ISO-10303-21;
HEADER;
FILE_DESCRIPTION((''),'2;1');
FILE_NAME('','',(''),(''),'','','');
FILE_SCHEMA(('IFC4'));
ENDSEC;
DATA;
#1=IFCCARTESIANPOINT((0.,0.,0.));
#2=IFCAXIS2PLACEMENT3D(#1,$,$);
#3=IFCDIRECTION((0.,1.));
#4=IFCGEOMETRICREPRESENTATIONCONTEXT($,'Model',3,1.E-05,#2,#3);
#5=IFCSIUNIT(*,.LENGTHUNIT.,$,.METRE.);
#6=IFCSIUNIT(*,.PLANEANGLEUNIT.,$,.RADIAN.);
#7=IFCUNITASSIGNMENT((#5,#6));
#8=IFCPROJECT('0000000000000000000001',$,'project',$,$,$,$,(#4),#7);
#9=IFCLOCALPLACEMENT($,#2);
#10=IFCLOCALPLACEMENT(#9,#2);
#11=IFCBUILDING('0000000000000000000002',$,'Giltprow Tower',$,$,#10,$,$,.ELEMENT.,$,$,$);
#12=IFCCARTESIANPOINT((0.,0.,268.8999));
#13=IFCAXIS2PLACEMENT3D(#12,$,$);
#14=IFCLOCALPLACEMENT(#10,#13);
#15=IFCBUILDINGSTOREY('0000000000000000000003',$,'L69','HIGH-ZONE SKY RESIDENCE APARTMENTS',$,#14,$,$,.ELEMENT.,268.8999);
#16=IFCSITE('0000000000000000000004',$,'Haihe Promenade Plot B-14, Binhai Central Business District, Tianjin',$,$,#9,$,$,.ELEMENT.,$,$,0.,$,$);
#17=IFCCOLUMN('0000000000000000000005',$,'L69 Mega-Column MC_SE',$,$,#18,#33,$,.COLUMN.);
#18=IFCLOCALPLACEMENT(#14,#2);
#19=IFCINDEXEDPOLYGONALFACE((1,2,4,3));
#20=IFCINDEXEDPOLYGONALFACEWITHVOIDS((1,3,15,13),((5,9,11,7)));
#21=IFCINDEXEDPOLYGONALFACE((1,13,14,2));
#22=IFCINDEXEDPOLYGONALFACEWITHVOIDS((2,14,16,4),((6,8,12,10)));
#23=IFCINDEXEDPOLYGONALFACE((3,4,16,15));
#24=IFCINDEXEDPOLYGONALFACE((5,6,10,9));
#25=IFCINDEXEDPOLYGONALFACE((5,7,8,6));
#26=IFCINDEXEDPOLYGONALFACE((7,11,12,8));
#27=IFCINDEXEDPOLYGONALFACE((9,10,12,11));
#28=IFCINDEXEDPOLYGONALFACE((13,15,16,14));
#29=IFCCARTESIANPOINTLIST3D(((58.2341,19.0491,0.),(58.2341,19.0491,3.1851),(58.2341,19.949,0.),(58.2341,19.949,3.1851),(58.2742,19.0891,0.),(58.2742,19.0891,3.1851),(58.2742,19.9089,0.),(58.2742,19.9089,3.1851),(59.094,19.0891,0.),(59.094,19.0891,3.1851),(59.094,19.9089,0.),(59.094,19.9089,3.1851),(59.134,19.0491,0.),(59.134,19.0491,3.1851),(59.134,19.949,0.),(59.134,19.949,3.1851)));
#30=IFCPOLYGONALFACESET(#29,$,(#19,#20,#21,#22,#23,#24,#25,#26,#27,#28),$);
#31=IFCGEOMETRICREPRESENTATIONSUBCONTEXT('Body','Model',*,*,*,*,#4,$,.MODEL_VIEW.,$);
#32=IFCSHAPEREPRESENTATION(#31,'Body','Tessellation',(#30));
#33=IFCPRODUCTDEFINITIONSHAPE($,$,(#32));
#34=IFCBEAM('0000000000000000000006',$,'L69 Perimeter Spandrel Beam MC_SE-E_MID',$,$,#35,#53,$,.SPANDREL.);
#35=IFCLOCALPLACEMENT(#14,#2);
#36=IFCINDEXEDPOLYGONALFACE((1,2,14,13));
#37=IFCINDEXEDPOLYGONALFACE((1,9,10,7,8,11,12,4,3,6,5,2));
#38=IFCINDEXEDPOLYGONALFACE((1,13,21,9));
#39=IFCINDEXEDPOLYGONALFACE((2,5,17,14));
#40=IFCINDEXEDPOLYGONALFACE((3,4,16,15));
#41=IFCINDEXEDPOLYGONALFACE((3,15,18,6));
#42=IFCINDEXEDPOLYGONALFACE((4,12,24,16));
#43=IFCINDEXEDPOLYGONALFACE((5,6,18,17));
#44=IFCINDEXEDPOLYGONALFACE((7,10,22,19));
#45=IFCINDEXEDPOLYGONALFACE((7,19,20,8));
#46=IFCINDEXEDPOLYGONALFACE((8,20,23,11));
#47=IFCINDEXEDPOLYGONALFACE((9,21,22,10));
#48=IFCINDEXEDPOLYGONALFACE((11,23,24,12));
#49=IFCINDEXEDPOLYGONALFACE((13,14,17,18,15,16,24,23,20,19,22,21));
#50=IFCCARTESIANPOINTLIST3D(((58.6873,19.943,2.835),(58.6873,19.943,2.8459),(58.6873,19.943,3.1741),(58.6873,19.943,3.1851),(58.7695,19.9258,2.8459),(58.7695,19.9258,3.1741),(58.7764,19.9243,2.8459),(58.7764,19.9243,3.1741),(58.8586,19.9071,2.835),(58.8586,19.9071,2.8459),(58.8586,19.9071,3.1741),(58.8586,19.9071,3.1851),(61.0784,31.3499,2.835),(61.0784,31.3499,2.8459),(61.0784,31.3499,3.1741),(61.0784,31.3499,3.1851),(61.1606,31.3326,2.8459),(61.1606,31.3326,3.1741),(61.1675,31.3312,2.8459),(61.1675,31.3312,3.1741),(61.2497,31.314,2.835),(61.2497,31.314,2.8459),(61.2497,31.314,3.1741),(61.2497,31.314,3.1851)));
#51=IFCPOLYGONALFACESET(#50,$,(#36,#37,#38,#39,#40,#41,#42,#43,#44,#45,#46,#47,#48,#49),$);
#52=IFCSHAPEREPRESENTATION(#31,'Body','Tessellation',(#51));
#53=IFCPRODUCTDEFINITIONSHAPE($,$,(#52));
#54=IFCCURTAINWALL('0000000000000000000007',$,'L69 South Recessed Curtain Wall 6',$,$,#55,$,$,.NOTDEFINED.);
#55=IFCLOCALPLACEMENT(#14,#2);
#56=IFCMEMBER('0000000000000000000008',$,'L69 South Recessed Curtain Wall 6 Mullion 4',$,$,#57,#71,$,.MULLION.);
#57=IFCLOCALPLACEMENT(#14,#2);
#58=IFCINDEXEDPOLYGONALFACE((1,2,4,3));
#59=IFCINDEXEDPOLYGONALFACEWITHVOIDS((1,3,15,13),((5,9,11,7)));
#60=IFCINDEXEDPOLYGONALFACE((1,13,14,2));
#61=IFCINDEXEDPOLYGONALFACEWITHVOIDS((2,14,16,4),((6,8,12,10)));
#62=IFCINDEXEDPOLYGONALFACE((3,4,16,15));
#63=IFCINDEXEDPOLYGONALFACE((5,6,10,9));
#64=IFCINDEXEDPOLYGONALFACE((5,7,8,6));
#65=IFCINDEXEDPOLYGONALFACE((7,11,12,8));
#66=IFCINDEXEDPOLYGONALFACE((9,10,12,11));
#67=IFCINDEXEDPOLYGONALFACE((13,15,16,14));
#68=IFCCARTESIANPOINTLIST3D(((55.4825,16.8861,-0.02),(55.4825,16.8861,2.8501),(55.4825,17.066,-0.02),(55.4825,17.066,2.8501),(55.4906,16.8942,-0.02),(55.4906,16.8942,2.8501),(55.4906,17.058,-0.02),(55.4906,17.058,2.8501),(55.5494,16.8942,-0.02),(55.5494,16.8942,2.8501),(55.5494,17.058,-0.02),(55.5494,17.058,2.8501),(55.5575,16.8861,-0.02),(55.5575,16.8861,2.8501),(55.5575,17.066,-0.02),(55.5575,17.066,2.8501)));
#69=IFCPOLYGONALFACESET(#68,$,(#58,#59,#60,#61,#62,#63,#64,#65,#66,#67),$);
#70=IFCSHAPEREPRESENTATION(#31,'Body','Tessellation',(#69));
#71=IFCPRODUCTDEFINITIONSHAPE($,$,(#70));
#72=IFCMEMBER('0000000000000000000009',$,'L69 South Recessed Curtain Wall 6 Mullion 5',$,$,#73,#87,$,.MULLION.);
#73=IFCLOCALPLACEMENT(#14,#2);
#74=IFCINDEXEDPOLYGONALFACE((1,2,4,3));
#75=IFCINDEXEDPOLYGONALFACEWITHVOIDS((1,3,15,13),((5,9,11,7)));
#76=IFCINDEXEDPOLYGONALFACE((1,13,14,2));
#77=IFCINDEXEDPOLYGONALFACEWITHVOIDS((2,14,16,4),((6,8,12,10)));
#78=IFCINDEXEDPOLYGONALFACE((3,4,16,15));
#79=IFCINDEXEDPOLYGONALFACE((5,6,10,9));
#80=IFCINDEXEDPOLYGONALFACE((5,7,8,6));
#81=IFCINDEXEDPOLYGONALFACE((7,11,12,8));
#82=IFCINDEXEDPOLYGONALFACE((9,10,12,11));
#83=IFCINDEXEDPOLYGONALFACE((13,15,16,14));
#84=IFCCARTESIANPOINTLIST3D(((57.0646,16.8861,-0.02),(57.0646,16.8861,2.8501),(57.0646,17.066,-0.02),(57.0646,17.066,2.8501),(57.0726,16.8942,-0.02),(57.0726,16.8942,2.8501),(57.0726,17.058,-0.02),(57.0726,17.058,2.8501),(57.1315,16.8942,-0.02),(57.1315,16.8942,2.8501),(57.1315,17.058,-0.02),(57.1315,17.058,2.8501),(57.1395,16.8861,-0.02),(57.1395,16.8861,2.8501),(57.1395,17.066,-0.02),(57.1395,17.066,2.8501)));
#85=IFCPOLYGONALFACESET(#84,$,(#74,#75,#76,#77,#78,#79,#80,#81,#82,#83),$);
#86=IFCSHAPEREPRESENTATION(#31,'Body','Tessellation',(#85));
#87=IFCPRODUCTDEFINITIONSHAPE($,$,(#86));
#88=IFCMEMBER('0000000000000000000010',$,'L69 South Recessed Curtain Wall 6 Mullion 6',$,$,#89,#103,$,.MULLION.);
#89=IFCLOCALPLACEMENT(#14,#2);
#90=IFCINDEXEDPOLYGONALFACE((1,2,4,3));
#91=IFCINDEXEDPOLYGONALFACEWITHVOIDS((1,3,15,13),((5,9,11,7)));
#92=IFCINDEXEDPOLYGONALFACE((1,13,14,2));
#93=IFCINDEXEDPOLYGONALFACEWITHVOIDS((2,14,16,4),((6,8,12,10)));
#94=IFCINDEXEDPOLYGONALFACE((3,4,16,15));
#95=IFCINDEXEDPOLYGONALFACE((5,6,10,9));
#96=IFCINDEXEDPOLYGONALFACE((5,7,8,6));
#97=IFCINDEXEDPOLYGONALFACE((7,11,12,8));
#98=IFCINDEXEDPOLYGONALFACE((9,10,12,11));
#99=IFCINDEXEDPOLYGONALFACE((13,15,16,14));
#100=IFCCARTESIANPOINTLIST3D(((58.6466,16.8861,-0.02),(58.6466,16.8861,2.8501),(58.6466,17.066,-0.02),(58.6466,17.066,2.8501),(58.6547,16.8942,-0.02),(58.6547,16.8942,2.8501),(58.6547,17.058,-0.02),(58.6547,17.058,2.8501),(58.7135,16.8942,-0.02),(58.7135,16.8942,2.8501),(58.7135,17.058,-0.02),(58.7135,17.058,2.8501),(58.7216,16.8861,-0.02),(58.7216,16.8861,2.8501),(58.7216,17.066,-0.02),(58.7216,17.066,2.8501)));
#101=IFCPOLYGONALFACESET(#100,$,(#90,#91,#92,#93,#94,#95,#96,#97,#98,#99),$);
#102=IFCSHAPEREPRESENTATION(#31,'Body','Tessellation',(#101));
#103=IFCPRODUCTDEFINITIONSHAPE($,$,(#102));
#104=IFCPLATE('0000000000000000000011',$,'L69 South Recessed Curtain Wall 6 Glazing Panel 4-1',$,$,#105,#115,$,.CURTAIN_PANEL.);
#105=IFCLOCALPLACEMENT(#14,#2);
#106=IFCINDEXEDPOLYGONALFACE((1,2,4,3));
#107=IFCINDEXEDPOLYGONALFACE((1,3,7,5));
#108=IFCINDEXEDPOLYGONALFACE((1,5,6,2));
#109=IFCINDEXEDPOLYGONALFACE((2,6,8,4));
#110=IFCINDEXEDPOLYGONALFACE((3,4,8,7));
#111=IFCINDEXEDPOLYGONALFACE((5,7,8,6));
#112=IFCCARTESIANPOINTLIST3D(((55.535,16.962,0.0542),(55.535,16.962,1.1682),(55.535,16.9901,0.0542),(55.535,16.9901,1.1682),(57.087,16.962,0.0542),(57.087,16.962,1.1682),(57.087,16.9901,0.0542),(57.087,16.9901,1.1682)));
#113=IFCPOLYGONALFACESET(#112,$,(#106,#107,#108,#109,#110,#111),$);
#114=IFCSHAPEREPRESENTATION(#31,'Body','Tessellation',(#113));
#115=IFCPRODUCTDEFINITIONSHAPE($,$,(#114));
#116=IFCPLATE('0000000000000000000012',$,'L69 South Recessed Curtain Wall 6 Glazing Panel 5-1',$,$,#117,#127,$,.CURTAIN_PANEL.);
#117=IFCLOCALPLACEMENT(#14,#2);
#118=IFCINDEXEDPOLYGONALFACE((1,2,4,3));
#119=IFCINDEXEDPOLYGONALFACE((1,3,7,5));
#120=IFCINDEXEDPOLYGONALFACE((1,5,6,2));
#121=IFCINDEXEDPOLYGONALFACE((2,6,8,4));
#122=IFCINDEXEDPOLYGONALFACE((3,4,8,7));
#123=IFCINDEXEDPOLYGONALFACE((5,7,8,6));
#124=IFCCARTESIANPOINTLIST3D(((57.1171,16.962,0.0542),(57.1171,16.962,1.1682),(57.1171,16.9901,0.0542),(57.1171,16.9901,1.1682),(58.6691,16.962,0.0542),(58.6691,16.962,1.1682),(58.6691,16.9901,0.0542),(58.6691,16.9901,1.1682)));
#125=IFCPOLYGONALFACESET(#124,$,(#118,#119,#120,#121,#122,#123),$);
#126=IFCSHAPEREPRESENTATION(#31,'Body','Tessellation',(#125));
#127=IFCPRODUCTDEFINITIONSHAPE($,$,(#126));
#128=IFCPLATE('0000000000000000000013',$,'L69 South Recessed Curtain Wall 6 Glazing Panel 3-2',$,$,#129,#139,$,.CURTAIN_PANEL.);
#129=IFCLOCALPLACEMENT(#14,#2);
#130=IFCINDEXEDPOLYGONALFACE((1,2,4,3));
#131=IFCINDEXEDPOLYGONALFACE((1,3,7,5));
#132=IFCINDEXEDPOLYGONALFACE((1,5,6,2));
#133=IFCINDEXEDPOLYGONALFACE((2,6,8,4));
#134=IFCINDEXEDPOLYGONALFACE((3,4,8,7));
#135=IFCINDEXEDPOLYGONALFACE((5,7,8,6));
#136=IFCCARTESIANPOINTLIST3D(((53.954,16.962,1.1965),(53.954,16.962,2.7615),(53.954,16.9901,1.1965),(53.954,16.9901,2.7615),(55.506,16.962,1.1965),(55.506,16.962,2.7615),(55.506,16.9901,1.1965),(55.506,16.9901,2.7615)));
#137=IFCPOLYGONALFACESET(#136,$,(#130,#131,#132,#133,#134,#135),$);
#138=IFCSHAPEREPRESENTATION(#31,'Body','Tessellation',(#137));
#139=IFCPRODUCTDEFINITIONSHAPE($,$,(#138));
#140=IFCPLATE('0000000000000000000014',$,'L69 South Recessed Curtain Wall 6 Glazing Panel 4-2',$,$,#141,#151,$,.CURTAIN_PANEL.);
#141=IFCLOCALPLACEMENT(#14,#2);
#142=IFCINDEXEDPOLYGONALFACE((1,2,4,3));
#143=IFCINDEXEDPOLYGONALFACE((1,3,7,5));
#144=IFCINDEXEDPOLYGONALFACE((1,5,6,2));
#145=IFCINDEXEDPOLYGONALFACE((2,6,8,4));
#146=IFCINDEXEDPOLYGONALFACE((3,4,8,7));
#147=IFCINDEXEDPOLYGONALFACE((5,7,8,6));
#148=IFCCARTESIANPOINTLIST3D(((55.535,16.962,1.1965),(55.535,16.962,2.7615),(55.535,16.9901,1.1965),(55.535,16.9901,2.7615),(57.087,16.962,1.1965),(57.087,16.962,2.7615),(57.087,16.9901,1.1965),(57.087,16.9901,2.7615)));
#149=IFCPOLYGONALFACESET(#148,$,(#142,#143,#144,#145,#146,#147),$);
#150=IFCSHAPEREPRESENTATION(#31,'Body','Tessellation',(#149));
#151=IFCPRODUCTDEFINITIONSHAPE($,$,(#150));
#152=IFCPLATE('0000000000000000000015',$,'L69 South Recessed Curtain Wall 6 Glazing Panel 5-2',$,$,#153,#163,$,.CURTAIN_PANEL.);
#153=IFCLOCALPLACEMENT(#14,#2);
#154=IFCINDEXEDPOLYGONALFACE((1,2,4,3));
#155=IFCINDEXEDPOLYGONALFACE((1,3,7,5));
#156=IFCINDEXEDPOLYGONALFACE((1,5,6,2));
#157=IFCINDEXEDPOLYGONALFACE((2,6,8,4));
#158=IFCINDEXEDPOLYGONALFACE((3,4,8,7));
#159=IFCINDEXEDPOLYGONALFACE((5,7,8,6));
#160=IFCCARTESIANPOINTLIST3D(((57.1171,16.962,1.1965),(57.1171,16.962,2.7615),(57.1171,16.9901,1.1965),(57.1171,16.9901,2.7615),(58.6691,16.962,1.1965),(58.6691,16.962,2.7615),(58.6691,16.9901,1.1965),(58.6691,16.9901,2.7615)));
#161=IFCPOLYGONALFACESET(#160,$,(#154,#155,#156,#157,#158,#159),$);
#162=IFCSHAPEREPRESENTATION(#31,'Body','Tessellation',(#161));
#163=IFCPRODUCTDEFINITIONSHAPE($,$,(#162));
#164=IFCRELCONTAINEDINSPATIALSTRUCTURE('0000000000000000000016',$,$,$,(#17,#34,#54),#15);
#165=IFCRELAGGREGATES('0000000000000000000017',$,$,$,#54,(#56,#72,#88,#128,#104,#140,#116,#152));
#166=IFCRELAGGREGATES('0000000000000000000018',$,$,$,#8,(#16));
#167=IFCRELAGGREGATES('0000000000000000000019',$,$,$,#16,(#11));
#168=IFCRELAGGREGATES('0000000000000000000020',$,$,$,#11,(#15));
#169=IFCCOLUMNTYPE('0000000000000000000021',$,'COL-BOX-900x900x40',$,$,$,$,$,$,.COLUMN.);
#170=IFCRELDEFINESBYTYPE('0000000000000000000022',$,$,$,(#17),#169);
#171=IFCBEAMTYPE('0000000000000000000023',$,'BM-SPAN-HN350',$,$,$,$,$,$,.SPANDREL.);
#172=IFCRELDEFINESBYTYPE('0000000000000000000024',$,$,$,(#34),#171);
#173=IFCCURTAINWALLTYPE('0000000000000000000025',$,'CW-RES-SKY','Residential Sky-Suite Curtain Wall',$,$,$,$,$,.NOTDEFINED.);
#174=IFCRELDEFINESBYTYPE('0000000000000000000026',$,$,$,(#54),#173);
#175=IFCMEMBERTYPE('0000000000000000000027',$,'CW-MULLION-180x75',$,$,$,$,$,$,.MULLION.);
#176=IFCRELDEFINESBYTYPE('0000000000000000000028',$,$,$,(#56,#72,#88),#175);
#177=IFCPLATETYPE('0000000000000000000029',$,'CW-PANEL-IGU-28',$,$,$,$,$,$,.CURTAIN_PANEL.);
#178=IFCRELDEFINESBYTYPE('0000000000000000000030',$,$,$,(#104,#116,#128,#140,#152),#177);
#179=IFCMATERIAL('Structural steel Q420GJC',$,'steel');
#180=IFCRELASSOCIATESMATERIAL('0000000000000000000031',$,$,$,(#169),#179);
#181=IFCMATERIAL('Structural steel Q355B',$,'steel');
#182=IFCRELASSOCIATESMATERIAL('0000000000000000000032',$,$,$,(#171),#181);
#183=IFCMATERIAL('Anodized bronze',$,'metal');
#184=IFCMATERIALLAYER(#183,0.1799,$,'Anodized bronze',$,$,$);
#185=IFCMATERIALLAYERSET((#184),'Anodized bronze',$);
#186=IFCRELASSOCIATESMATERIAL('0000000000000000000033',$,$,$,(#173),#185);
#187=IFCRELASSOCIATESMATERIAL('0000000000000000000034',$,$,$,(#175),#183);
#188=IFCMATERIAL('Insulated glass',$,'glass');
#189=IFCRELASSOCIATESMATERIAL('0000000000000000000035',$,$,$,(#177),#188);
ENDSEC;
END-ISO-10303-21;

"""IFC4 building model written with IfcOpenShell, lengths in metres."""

from ifc_helpers import new_model, si_unit, direction, frame, origin, origin_2d, place, context, subcontext, project, spatial, rectangle, hollow_rectangle, i_section, extrude, source, transform, mapped, material, layer, layer_set, material_profile, profile_set, type_object, element, aggregate, save


model = new_model("IFC4")

# Units and contexts
model_context = context("Model", 3, precision=1e-05, world=origin(), true_north=direction((0.0, 1.0)))
body_context = subcontext(model_context, "Body", "Model", "MODEL_VIEW")
ifc_project = project(units=[si_unit("LENGTHUNIT", "METRE"), si_unit("PLANEANGLEUNIT", "RADIAN")], contexts=[model_context])

# Site, building, storey
site_placement = place(None, origin())
site = spatial("IfcSite", under=ifc_project, at=site_placement, Name="Haihe Promenade Plot B-14, Binhai Central Business District, Tianjin", CompositionType="ELEMENT", RefElevation=0.0)
building_placement = place(site_placement, origin())
building = spatial("IfcBuilding", under=site, at=building_placement, Name="Giltprow Tower", CompositionType="ELEMENT")
storey_placement = place(building_placement, frame((0.0, 0.0, 268.8999)))
storey = spatial("IfcBuildingStorey", under=building, at=storey_placement, Name="L69", Description="HIGH-ZONE SKY RESIDENCE APARTMENTS", CompositionType="ELEMENT", Elevation=268.8999)

# Column
ifc_material_1 = material(Name="Structural steel Q420GJC", Category="steel")
ifc_material_profile_1 = material_profile(ifc_material_1, hollow_rectangle(XDim=0.8999, YDim=0.8999, WallThickness=0.04, at=origin_2d()), Name="BOX 900x900x40")
ifc_profile_set_1 = profile_set([ifc_material_profile_1], Name="Structural steel Q420GJC")
column_type = type_object("IfcColumnType", Name="COL-BOX-900x900x40", PredefinedType="COLUMN", material=ifc_profile_set_1)
shared_shape_1 = source(origin(), body_context, "Body", "SweptSolid", [
    extrude(hollow_rectangle(XDim=0.8999, YDim=0.8999, WallThickness=0.04, at=origin_2d()), origin(), (0.0, 0.0, 1.0), 3.1851),
])
column_placement = place(storey_placement, frame((58.6841, 19.499, 0.0), z_axis=(0.0, 0.0, 1.0), x_axis=(1.0, 0.0, 0.0)))
element("IfcColumn", 1, at=column_placement, inside=storey, type_object=column_type, Name="L69 Mega-Column MC_SE", PredefinedType="COLUMN", context=body_context, shape_type="MappedRepresentation", body=[
    mapped(shared_shape_1, transform((0.0, 0.0, 0.0), x_axis=(1.0, 0.0, 0.0), y_axis=(0.0, 1.0, 0.0), z_axis=(0.0, 0.0, 1.0), scale=1.0)),
])

# Beam
ifc_material_2 = material(Name="Structural steel Q355B", Category="steel")
ifc_material_profile_2 = material_profile(ifc_material_2, i_section(OverallWidth=0.175, OverallDepth=0.3501, WebThickness=0.0071, FlangeThickness=0.011, at=origin_2d()), Name="HN 350x175x7x11")
ifc_profile_set_2 = profile_set([ifc_material_profile_2], Name="Structural steel Q355B")
beam_type = type_object("IfcBeamType", Name="BM-SPAN-HN350", PredefinedType="SPANDREL", material=ifc_profile_set_2)
shared_shape_2 = source(origin(), body_context, "Body", "SweptSolid", [
    extrude(i_section(OverallWidth=0.175, OverallDepth=0.3501, WebThickness=0.0071, FlangeThickness=0.011, at=origin_2d()), origin(), (0.0, 0.0, 1.0), 11.6548),
])
beam_placement = place(storey_placement, frame((58.7729, 19.925, 3.01), z_axis=(0.20516, 0.978729, 0.0), x_axis=(-0.978729, 0.20516, 0.0)))
element("IfcBeam", 2, at=beam_placement, inside=storey, type_object=beam_type, Name="L69 Perimeter Spandrel Beam MC_SE-E_MID", PredefinedType="SPANDREL", context=body_context, shape_type="MappedRepresentation", body=[
    mapped(shared_shape_2, transform((0.0, 0.0, 0.0), x_axis=(1.0, 0.0, 0.0), y_axis=(0.0, 1.0, 0.0), z_axis=(0.0, 0.0, 1.0), scale=1.0)),
])

# Curtain wall, members, plates
ifc_material_3 = material(Name="Anodized bronze", Category="metal")
ifc_layer_1 = layer(ifc_material_3, 0.1799, Name="Anodized bronze")
ifc_layer_set_1 = layer_set([ifc_layer_1], Name="Anodized bronze")
curtain_wall_type = type_object("IfcCurtainWallType", Name="CW-RES-SKY", Description="Residential Sky-Suite Curtain Wall", PredefinedType="NOTDEFINED", material=ifc_layer_set_1)
curtain_wall_placement = place(storey_placement, origin())
curtain_wall = element("IfcCurtainWall", 3, at=curtain_wall_placement, inside=storey, type_object=curtain_wall_type, Name="L69 South Recessed Curtain Wall 6", PredefinedType="NOTDEFINED")
ifc_material_profile_3 = material_profile(ifc_material_3, hollow_rectangle(XDim=0.075, YDim=0.1799, WallThickness=0.0081, at=origin_2d()), Name="RHS 180x75x8")
ifc_profile_set_3 = profile_set([ifc_material_profile_3], Name="Anodized bronze")
member_type = type_object("IfcMemberType", Name="CW-MULLION-180x75", PredefinedType="MULLION", material=ifc_profile_set_3)
shared_shape_3 = source(origin(), body_context, "Body", "SweptSolid", [
    extrude(hollow_rectangle(XDim=0.075, YDim=0.1799, WallThickness=0.0081, at=origin_2d()), origin(), (0.0, 0.0, 1.0), 2.8701),
])
member_1_placement = place(storey_placement, frame((55.52, 16.9761, -0.02), z_axis=(0.0, 0.0, 1.0), x_axis=(1.0, 0.0, 0.0)))
member_1 = element("IfcMember", 4, at=member_1_placement, type_object=member_type, Name="L69 South Recessed Curtain Wall 6 Mullion 4", PredefinedType="MULLION", context=body_context, shape_type="MappedRepresentation", body=[
    mapped(shared_shape_3, transform((0.0, 0.0, 0.0), x_axis=(1.0, 0.0, 0.0), y_axis=(0.0, 1.0, 0.0), z_axis=(0.0, 0.0, 1.0), scale=1.0)),
])
member_2_placement = place(storey_placement, frame((57.1021, 16.9761, -0.02), z_axis=(0.0, 0.0, 1.0), x_axis=(1.0, 0.0, 0.0)))
member_2 = element("IfcMember", 5, at=member_2_placement, type_object=member_type, Name="L69 South Recessed Curtain Wall 6 Mullion 5", PredefinedType="MULLION", context=body_context, shape_type="MappedRepresentation", body=[
    mapped(shared_shape_3, transform((0.0, 0.0, 0.0), x_axis=(1.0, 0.0, 0.0), y_axis=(0.0, 1.0, 0.0), z_axis=(0.0, 0.0, 1.0), scale=1.0)),
])
member_3_placement = place(storey_placement, frame((58.6841, 16.9761, -0.02), z_axis=(0.0, 0.0, 1.0), x_axis=(1.0, 0.0, 0.0)))
member_3 = element("IfcMember", 6, at=member_3_placement, type_object=member_type, Name="L69 South Recessed Curtain Wall 6 Mullion 6", PredefinedType="MULLION", context=body_context, shape_type="MappedRepresentation", body=[
    mapped(shared_shape_3, transform((0.0, 0.0, 0.0), x_axis=(1.0, 0.0, 0.0), y_axis=(0.0, 1.0, 0.0), z_axis=(0.0, 0.0, 1.0), scale=1.0)),
])
ifc_material_4 = material(Name="Insulated glass", Category="glass")
plate_type = type_object("IfcPlateType", Name="CW-PANEL-IGU-28", PredefinedType="CURTAIN_PANEL", material=ifc_material_4)
shared_shape_4 = source(origin(), body_context, "Body", "SweptSolid", [
    extrude(rectangle(XDim=1.552, YDim=0.0281, at=origin_2d()), origin(), (0.0, 0.0, 1.0), 1.114),
])
plate_1_placement = place(storey_placement, frame((56.311, 16.9761, 0.0542), z_axis=(0.0, 0.0, 1.0), x_axis=(1.0, 0.0, 0.0)))
plate_1 = element("IfcPlate", 7, at=plate_1_placement, type_object=plate_type, Name="L69 South Recessed Curtain Wall 6 Glazing Panel 4-1", PredefinedType="CURTAIN_PANEL", context=body_context, shape_type="MappedRepresentation", body=[
    mapped(shared_shape_4, transform((0.0, 0.0, 0.0), x_axis=(1.0, 0.0, 0.0), y_axis=(0.0, 1.0, 0.0), z_axis=(0.0, 0.0, 1.0), scale=1.0)),
])
plate_2_placement = place(storey_placement, frame((57.8931, 16.9761, 0.0542), z_axis=(0.0, 0.0, 1.0), x_axis=(1.0, 0.0, 0.0)))
plate_2 = element("IfcPlate", 8, at=plate_2_placement, type_object=plate_type, Name="L69 South Recessed Curtain Wall 6 Glazing Panel 5-1", PredefinedType="CURTAIN_PANEL", context=body_context, shape_type="MappedRepresentation", body=[
    mapped(shared_shape_4, transform((0.0, 0.0, 0.0), x_axis=(1.0, 0.0, 0.0), y_axis=(0.0, 1.0, 0.0), z_axis=(0.0, 0.0, 1.0), scale=1.0)),
])
shared_shape_5 = source(origin(), body_context, "Body", "SweptSolid", [
    extrude(rectangle(XDim=1.552, YDim=0.0281, at=origin_2d()), origin(), (0.0, 0.0, 1.0), 1.5649),
])
plate_3_placement = place(storey_placement, frame((54.73, 16.9761, 1.1965), z_axis=(0.0, 0.0, 1.0), x_axis=(1.0, 0.0, 0.0)))
plate_3 = element("IfcPlate", 9, at=plate_3_placement, type_object=plate_type, Name="L69 South Recessed Curtain Wall 6 Glazing Panel 3-2", PredefinedType="CURTAIN_PANEL", context=body_context, shape_type="MappedRepresentation", body=[
    mapped(shared_shape_5, transform((0.0, 0.0, 0.0), x_axis=(1.0, 0.0, 0.0), y_axis=(0.0, 1.0, 0.0), z_axis=(0.0, 0.0, 1.0), scale=1.0)),
])
plate_4_placement = place(storey_placement, frame((56.311, 16.9761, 1.1965), z_axis=(0.0, 0.0, 1.0), x_axis=(1.0, 0.0, 0.0)))
plate_4 = element("IfcPlate", 10, at=plate_4_placement, type_object=plate_type, Name="L69 South Recessed Curtain Wall 6 Glazing Panel 4-2", PredefinedType="CURTAIN_PANEL", context=body_context, shape_type="MappedRepresentation", body=[
    mapped(shared_shape_5, transform((0.0, 0.0, 0.0), x_axis=(1.0, 0.0, 0.0), y_axis=(0.0, 1.0, 0.0), z_axis=(0.0, 0.0, 1.0), scale=1.0)),
])
plate_5_placement = place(storey_placement, frame((57.8931, 16.9761, 1.1965), z_axis=(0.0, 0.0, 1.0), x_axis=(1.0, 0.0, 0.0)))
plate_5 = element("IfcPlate", 11, at=plate_5_placement, type_object=plate_type, Name="L69 South Recessed Curtain Wall 6 Glazing Panel 5-2", PredefinedType="CURTAIN_PANEL", context=body_context, shape_type="MappedRepresentation", body=[
    mapped(shared_shape_5, transform((0.0, 0.0, 0.0), x_axis=(1.0, 0.0, 0.0), y_axis=(0.0, 1.0, 0.0), z_axis=(0.0, 0.0, 1.0), scale=1.0)),
])
aggregate(curtain_wall, [member_1, member_2, member_3, plate_3, plate_1, plate_4, plate_2, plate_5])

save(model, "model.ifc")
